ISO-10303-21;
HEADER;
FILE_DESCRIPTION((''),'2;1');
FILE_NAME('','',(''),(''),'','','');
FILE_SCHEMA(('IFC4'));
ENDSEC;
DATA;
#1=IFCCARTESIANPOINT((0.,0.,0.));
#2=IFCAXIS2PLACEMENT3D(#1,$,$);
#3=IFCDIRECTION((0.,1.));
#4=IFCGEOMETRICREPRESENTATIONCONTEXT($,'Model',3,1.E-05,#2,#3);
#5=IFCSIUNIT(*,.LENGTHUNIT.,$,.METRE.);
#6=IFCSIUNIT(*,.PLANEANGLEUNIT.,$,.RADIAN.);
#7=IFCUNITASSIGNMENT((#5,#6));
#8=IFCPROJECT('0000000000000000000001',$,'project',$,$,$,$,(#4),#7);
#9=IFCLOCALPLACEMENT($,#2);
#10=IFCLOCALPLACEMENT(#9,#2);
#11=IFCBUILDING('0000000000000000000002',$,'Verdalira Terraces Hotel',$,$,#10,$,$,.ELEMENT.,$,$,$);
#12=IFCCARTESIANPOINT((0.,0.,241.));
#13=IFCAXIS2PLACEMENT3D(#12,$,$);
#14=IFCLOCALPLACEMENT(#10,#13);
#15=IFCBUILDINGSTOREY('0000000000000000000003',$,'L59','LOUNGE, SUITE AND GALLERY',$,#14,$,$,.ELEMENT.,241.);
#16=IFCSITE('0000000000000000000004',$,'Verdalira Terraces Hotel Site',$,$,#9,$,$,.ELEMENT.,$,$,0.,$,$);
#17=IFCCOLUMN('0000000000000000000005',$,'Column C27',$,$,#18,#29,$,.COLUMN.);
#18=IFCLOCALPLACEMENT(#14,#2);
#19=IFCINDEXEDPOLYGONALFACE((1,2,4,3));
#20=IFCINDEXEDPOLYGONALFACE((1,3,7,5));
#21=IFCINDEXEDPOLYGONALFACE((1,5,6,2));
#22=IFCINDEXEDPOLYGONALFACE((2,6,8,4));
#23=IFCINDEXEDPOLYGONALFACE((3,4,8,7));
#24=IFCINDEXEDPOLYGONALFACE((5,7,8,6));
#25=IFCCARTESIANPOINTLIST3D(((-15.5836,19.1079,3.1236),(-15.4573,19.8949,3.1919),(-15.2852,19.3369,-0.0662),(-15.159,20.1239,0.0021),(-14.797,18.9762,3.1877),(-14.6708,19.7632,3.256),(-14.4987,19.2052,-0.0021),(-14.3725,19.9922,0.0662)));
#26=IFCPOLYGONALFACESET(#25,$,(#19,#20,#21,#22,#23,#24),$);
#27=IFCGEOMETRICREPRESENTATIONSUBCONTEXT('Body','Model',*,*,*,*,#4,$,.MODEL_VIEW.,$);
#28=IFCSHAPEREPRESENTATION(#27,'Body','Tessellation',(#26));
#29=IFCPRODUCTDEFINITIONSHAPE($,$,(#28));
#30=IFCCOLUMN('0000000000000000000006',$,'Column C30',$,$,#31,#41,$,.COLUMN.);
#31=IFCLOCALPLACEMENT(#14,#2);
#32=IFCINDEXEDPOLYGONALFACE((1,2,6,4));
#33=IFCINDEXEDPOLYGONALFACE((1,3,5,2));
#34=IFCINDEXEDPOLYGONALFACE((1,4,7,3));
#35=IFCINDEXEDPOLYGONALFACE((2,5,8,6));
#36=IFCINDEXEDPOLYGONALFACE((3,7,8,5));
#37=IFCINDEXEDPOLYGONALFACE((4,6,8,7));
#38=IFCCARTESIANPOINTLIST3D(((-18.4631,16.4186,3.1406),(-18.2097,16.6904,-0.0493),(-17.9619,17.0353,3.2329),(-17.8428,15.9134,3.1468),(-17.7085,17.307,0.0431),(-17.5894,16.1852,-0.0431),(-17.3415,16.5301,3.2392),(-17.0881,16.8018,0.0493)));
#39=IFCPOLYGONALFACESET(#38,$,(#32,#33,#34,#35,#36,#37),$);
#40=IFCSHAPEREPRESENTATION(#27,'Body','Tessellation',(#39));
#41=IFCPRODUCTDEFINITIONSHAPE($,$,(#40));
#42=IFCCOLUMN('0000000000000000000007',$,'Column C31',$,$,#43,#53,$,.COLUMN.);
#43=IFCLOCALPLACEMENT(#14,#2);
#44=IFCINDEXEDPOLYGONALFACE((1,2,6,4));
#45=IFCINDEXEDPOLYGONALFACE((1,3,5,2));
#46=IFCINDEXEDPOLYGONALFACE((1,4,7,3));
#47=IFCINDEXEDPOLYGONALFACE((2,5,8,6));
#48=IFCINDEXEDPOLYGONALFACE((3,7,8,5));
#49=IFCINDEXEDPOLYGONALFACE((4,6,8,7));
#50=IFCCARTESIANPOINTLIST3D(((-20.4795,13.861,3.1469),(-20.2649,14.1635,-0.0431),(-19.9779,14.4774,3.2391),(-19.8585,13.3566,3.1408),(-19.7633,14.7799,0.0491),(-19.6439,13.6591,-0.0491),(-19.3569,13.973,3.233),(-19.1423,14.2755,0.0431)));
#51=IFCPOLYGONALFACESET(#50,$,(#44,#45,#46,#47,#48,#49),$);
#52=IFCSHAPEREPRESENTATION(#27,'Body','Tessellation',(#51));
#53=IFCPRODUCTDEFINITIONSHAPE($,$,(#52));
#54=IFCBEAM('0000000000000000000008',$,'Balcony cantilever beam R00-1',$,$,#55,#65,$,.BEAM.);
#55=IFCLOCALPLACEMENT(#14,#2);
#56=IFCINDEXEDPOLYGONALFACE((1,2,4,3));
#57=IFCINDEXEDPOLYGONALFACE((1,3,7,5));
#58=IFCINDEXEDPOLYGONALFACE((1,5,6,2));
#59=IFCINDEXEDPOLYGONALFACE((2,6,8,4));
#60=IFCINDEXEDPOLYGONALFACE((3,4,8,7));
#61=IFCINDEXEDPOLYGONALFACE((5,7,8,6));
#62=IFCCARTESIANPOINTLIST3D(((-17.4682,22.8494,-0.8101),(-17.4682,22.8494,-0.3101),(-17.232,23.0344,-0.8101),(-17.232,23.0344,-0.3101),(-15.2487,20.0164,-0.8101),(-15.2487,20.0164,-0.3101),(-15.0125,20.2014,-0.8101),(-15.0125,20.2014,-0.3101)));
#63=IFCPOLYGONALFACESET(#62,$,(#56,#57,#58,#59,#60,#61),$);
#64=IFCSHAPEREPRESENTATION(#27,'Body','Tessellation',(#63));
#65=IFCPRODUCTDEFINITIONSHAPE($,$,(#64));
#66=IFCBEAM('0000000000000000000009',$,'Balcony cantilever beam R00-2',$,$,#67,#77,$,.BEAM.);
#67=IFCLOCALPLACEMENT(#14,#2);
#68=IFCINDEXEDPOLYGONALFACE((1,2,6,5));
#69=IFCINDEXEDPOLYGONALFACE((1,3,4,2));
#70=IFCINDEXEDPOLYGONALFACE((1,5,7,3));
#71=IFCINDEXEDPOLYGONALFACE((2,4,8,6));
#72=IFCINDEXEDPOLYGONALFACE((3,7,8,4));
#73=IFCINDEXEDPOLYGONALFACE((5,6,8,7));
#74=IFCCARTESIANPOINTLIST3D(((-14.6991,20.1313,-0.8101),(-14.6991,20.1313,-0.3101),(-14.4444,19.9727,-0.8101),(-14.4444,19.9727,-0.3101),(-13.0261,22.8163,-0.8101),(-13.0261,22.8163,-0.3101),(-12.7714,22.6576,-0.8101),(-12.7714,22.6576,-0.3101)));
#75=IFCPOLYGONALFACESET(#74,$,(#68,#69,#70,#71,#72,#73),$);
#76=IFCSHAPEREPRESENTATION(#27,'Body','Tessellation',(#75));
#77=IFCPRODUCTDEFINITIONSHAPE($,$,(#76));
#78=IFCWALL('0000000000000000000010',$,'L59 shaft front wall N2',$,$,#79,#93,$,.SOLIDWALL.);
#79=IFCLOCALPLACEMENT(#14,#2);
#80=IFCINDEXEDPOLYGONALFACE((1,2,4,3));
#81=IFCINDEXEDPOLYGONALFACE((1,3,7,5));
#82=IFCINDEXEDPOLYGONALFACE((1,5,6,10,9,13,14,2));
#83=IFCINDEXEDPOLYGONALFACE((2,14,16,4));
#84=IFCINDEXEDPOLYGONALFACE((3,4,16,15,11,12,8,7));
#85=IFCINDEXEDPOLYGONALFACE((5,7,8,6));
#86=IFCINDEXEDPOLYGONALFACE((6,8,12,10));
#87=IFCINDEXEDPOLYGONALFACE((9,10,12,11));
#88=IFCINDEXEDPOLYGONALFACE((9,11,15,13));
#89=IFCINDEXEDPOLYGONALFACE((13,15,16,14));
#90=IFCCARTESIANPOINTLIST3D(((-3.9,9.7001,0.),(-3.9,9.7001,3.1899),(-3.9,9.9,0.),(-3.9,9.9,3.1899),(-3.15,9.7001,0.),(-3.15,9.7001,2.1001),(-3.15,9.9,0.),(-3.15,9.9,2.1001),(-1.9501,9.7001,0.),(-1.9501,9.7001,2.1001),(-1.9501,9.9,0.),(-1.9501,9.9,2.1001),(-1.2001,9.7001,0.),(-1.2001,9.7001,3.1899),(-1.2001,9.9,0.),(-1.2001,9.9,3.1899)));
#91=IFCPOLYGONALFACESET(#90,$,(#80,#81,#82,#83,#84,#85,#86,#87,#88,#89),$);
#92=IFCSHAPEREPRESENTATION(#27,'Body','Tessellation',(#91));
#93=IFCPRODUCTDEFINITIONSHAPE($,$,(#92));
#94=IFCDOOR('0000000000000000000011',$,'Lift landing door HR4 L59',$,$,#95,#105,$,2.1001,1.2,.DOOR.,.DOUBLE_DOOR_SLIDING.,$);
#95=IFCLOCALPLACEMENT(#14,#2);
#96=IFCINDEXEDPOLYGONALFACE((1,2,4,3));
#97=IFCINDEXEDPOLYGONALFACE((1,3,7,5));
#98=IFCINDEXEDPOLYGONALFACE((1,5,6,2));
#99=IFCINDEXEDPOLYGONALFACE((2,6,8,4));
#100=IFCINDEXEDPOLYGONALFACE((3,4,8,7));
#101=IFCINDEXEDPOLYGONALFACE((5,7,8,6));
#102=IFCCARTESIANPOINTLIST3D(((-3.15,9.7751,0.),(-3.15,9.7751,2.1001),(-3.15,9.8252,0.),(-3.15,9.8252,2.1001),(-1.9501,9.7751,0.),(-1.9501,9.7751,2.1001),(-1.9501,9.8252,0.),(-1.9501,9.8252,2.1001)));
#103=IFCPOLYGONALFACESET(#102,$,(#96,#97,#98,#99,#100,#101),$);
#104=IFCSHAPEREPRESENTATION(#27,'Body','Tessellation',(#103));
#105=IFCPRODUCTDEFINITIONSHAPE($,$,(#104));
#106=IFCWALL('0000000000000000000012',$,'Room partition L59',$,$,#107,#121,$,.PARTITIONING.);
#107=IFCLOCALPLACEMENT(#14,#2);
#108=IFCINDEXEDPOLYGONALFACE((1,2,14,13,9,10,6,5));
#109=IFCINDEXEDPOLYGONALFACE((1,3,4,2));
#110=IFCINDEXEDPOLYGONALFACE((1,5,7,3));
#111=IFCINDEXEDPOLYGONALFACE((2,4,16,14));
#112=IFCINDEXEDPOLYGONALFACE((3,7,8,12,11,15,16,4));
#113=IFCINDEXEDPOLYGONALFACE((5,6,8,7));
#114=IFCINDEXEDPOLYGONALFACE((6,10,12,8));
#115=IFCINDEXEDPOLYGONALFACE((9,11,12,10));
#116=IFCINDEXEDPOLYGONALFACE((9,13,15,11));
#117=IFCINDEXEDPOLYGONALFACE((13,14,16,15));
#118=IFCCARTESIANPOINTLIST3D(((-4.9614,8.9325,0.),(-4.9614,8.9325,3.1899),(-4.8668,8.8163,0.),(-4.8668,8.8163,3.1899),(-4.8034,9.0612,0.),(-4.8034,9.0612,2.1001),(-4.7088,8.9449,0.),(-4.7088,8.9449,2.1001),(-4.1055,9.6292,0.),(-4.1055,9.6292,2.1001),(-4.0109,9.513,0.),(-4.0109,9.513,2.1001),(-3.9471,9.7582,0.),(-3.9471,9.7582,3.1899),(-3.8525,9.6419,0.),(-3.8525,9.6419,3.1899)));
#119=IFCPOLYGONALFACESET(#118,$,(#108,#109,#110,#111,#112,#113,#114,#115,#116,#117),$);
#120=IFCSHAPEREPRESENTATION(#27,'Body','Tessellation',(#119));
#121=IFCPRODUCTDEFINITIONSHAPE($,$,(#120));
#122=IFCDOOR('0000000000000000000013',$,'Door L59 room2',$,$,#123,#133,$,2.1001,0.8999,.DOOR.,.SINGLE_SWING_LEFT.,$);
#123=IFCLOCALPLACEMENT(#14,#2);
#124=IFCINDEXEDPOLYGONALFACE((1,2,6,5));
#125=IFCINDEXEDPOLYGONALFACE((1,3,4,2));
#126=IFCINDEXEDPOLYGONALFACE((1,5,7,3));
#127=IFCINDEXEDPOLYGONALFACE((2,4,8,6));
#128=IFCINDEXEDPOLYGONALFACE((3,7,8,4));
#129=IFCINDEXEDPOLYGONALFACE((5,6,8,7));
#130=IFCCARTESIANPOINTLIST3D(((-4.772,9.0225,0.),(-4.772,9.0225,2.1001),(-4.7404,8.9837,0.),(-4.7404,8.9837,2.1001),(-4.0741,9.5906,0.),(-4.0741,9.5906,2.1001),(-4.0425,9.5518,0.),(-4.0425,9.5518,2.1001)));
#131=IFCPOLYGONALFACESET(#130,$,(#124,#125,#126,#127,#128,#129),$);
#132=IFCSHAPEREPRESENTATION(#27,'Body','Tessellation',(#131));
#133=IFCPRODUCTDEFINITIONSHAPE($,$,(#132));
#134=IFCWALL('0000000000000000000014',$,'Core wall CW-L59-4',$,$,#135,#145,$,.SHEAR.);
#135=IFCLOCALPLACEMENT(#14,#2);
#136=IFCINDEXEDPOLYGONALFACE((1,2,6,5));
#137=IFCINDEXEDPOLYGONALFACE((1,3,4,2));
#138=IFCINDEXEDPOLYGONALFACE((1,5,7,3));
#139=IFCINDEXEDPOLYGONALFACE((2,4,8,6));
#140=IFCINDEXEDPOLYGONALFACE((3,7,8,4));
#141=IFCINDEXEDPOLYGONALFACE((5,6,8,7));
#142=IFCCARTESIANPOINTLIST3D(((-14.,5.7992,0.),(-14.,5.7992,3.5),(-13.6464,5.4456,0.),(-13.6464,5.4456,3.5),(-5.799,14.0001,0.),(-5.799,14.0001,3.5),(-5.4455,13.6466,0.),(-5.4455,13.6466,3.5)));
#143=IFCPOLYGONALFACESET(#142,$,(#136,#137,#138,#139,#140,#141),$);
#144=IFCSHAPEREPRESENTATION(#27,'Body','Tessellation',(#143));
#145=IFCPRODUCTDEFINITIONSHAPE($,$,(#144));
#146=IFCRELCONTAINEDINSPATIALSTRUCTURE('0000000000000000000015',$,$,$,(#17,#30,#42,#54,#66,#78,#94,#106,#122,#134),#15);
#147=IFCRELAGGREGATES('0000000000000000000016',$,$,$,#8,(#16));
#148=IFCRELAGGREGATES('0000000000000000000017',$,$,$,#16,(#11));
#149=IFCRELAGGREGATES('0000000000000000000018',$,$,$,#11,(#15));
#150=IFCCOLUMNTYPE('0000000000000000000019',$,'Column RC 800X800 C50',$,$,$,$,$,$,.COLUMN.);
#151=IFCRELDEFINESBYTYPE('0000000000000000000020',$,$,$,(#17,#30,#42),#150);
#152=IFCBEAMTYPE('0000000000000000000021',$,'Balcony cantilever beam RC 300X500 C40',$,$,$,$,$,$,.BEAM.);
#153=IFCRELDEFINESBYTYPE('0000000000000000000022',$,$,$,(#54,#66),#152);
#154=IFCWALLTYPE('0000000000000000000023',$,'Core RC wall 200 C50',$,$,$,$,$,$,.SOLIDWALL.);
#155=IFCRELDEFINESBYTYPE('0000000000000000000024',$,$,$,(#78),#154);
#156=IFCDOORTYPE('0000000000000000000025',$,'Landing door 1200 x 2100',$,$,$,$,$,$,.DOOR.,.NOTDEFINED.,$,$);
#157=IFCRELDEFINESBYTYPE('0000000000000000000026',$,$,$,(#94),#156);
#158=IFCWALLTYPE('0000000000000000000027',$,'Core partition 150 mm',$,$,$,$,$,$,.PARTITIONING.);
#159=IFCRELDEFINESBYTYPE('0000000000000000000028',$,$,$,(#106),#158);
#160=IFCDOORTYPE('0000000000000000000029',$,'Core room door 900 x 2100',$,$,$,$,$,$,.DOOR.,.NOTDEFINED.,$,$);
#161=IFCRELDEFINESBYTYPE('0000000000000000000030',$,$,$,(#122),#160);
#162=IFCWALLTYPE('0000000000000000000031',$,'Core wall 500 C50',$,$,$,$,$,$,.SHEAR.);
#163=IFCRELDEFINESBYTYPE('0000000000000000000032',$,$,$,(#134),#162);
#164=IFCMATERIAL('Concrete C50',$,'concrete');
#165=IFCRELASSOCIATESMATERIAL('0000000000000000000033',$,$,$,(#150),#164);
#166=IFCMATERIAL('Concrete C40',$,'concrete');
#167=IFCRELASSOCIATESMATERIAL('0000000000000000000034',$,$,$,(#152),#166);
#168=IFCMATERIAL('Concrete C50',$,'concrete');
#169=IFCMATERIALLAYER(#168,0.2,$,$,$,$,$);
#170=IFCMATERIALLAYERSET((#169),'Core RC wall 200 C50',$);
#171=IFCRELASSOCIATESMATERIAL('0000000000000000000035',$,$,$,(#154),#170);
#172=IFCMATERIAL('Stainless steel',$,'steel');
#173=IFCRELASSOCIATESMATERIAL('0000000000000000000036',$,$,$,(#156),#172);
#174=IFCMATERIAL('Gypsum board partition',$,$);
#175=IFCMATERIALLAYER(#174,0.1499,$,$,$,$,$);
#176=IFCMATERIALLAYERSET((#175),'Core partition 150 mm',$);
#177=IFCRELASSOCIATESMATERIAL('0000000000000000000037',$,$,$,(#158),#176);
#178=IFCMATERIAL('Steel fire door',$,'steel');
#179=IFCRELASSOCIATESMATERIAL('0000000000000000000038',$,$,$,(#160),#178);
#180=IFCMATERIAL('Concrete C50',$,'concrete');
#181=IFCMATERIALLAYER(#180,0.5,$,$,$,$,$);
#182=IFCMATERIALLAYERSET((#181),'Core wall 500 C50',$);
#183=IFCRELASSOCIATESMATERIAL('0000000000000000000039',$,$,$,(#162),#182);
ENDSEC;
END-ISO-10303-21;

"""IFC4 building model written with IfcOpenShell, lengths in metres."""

from ifc_helpers import new_model, si_unit, direction, frame, frame_2d, origin, origin_2d, place, context, subcontext, project, spatial, rectangle, extrude, material, layer, layer_set, material_profile, profile_set, type_object, element, fill, save


model = new_model("IFC4")

# Units and contexts
model_context = context("Model", 3, precision=1e-05, world=origin(), true_north=direction((0.0, 1.0)))
body_context = subcontext(model_context, "Body", "Model", "MODEL_VIEW")
ifc_project = project(units=[si_unit("LENGTHUNIT", "METRE"), si_unit("PLANEANGLEUNIT", "RADIAN")], contexts=[model_context])

# Site, building, storey
site_placement = place(None, origin())
site = spatial("IfcSite", under=ifc_project, at=site_placement, Name="Verdalira Terraces Hotel Site", CompositionType="ELEMENT", RefElevation=0.0)
building_placement = place(site_placement, origin())
building = spatial("IfcBuilding", under=site, at=building_placement, Name="Verdalira Terraces Hotel", CompositionType="ELEMENT")
storey_placement = place(building_placement, frame((0.0, 0.0, 241.0)))
storey = spatial("IfcBuildingStorey", under=building, at=storey_placement, Name="L59", Description="LOUNGE, SUITE AND GALLERY", CompositionType="ELEMENT", Elevation=241.0)

# Columns
ifc_material_1 = material(Name="Concrete C50", Category="concrete")
ifc_material_profile_1 = material_profile(ifc_material_1, rectangle(XDim=0.8, YDim=0.8, at=origin_2d()), Name="RC 800X800")
ifc_profile_set_1 = profile_set([ifc_material_profile_1], Name="Concrete C50")
column_type = type_object("IfcColumnType", Name="Column RC 800X800 C50", PredefinedType="COLUMN", material=ifc_profile_set_1)
column_placement = place(storey_placement, frame((-14.8289, 19.6646, 0.0), z_axis=(-0.092882, -0.071296, 0.993121), x_axis=(0.983101, -0.164599, 0.080128)))
element("IfcColumn", 1, at=column_placement, inside=storey, type_object=column_type, Name="Column C27", PredefinedType="COLUMN", context=body_context, shape_type="SweptSolid", body=[
    extrude(rectangle(XDim=0.8, YDim=0.8, at=origin_2d()), origin(), (0.0, 0.0, 1.0), 3.2119),
])
for number, where, z_axis, x_axis, name in (
    (2, (-17.6489, 16.7461, 0.0), (-0.078909, -0.084611, 0.993285), (-0.775374, 0.631453, -0.007809), "Column C30"),
    (3, (-19.7036, 14.2195, 0.0), (-0.066824, -0.094192, 0.993309), (-0.776176, 0.63047, 0.007569), "Column C31"),
):
    element("IfcColumn", number, at=place(storey_placement, frame(where, z_axis=z_axis, x_axis=x_axis)), inside=storey, type_object=column_type, Name=name, PredefinedType="COLUMN", context=body_context, shape_type="SweptSolid", body=[
        extrude(rectangle(XDim=0.8, YDim=0.8, at=origin_2d()), origin(), (0.0, 0.0, 1.0), 3.2114),
    ])

# Beams
ifc_material_2 = material(Name="Concrete C40", Category="concrete")
ifc_material_profile_2 = material_profile(ifc_material_2, rectangle(XDim=0.3, YDim=0.5, at=origin_2d()), Name="RC 300X500")
ifc_profile_set_2 = profile_set([ifc_material_profile_2], Name="Concrete C40")
beam_type = type_object("IfcBeamType", Name="Balcony cantilever beam RC 300X500 C40", PredefinedType="BEAM", material=ifc_profile_set_2)
beam_1_placement = place(storey_placement, frame((-15.1306, 20.1089, -0.5601), z_axis=(-0.616712, 0.787189, 0.0), x_axis=(-0.787189, -0.616712, 0.0)))
element("IfcBeam", 4, at=beam_1_placement, inside=storey, type_object=beam_type, Name="Balcony cantilever beam R00-1", PredefinedType="BEAM", context=body_context, shape_type="SweptSolid", body=[
    extrude(rectangle(XDim=0.3, YDim=0.5, at=origin_2d()), origin(), (0.0, 0.0, 1.0), 3.5989),
])
beam_2_placement = place(storey_placement, frame((-14.5718, 20.052, -0.5601), z_axis=(0.528847, 0.848717, 0.0), x_axis=(-0.848717, 0.528847, 0.0)))
element("IfcBeam", 5, at=beam_2_placement, inside=storey, type_object=beam_type, Name="Balcony cantilever beam R00-2", PredefinedType="BEAM", context=body_context, shape_type="SweptSolid", body=[
    extrude(rectangle(XDim=0.3, YDim=0.5, at=origin_2d()), origin(), (0.0, 0.0, 1.0), 3.1636),
])

# Walls, openings, doors
ifc_material_3 = material(Name="Concrete C50", Category="concrete")
ifc_layer_1 = layer(ifc_material_3, 0.2)
ifc_layer_set_1 = layer_set([ifc_layer_1], Name="Core RC wall 200 C50")
wall_type_1 = type_object("IfcWallType", Name="Core RC wall 200 C50", PredefinedType="SOLIDWALL", material=ifc_layer_set_1)
wall_1_placement = place(storey_placement, frame((-1.2, 9.8, 0.0), z_axis=(0.0, 0.0, 1.0), x_axis=(-1.0, 0.0, 0.0)))
wall_1 = element("IfcWall", 6, at=wall_1_placement, inside=storey, type_object=wall_type_1, Name="L59 shaft front wall N2", PredefinedType="SOLIDWALL", context=body_context, shape_type="SweptSolid", body=[
    extrude(rectangle(XDim=2.7, YDim=0.2, at=frame_2d((1.3501, 0.0))), origin(), (0.0, 0.0, 1.0), 3.1899),
])
opening_1_placement = place(wall_1_placement, frame((0.75, 0.0, 0.0)))
opening_1 = element("IfcOpeningElement", 7, at=opening_1_placement, cuts=wall_1, PredefinedType="OPENING", context=body_context, shape_type="SweptSolid", body=[
    extrude(rectangle(XDim=1.2, YDim=2.1001, at=frame_2d((0.6001, 1.05))), frame((0.0, 0.1099, 0.0), z_axis=(0.0, -1.0, 0.0), x_axis=(1.0, 0.0, 0.0)), (0.0, 0.0, 1.0), 0.22),
])
ifc_material_4 = material(Name="Stainless steel", Category="steel")
door_type_1 = type_object("IfcDoorType", Name="Landing door 1200 x 2100", OperationType="NOTDEFINED", PredefinedType="DOOR", material=ifc_material_4)
door_1_placement = place(opening_1_placement, origin())
door_1 = element("IfcDoor", 8, at=door_1_placement, inside=storey, type_object=door_type_1, Name="Lift landing door HR4 L59", OperationType="DOUBLE_DOOR_SLIDING", OverallHeight=2.1001, OverallWidth=1.2, PredefinedType="DOOR", context=body_context, shape_type="SweptSolid", body=[
    extrude(rectangle(XDim=1.2, YDim=2.1001, at=frame_2d((0.6001, 1.05))), frame((0.0, 0.0249, 0.0), z_axis=(0.0, -1.0, 0.0), x_axis=(1.0, 0.0, 0.0)), (0.0, 0.0, 1.0), 0.05),
])
fill(opening_1, door_1)
ifc_material_5 = material(Name="Gypsum board partition")
ifc_layer_2 = layer(ifc_material_5, 0.1499)
ifc_layer_set_2 = layer_set([ifc_layer_2], Name="Core partition 150 mm")
wall_type_2 = type_object("IfcWallType", Name="Core partition 150 mm", PredefinedType="PARTITIONING", material=ifc_layer_set_2)
wall_2_placement = place(storey_placement, frame((-3.8999, 9.7, 0.0), z_axis=(0.0, 0.0, 1.0), x_axis=(-0.77556, -0.631274, 0.0)))
wall_2 = element("IfcWall", 9, at=wall_2_placement, inside=storey, type_object=wall_type_2, Name="Room partition L59", PredefinedType="PARTITIONING", context=body_context, shape_type="SweptSolid", body=[
    extrude(rectangle(XDim=1.3079, YDim=0.1499, at=frame_2d((0.6538, 0.0))), origin(), (0.0, 0.0, 1.0), 3.1899),
])
opening_2_placement = place(wall_2_placement, frame((0.2041, 0.0, 0.0)))
opening_2 = element("IfcOpeningElement", 10, at=opening_2_placement, cuts=wall_2, PredefinedType="OPENING", context=body_context, shape_type="SweptSolid", body=[
    extrude(rectangle(XDim=0.8999, YDim=2.1001, at=frame_2d((0.45, 1.05))), frame((0.0, 0.085, 0.0), z_axis=(0.0, -1.0, 0.0), x_axis=(1.0, 0.0, 0.0)), (0.0, 0.0, 1.0), 0.1699),
])
ifc_material_6 = material(Name="Steel fire door", Category="steel")
door_type_2 = type_object("IfcDoorType", Name="Core room door 900 x 2100", OperationType="NOTDEFINED", PredefinedType="DOOR", material=ifc_material_6)
door_2_placement = place(opening_2_placement, origin())
door_2 = element("IfcDoor", 11, at=door_2_placement, inside=storey, type_object=door_type_2, Name="Door L59 room2", OperationType="SINGLE_SWING_LEFT", OverallHeight=2.1001, OverallWidth=0.8999, PredefinedType="DOOR", context=body_context, shape_type="SweptSolid", body=[
    extrude(rectangle(XDim=0.8999, YDim=2.1001, at=frame_2d((0.45, 1.05))), frame((0.0, 0.0249, 0.0), z_axis=(0.0, -1.0, 0.0), x_axis=(1.0, 0.0, 0.0)), (0.0, 0.0, 1.0), 0.05),
])
fill(opening_2, door_2)

# Wall
ifc_material_7 = material(Name="Concrete C50", Category="concrete")
ifc_layer_3 = layer(ifc_material_7, 0.5)
ifc_layer_set_3 = layer_set([ifc_layer_3], Name="Core wall 500 C50")
wall_type_3 = type_object("IfcWallType", Name="Core wall 500 C50", PredefinedType="SHEAR", material=ifc_layer_set_3)
wall_3_placement = place(storey_placement, frame((-5.6223, 13.8232, 0.0), z_axis=(0.0, 0.0, 1.0), x_axis=(-0.707107, -0.707107, 0.0)))
element("IfcWall", 12, at=wall_3_placement, inside=storey, type_object=wall_type_3, Name="Core wall CW-L59-4", PredefinedType="SHEAR", context=body_context, shape_type="SweptSolid", body=[
    extrude(rectangle(XDim=11.5979, YDim=0.5, at=frame_2d((5.7988, 0.0))), origin(), (0.0, 0.0, 1.0), 3.5),
])

save(model, "model.ifc")
